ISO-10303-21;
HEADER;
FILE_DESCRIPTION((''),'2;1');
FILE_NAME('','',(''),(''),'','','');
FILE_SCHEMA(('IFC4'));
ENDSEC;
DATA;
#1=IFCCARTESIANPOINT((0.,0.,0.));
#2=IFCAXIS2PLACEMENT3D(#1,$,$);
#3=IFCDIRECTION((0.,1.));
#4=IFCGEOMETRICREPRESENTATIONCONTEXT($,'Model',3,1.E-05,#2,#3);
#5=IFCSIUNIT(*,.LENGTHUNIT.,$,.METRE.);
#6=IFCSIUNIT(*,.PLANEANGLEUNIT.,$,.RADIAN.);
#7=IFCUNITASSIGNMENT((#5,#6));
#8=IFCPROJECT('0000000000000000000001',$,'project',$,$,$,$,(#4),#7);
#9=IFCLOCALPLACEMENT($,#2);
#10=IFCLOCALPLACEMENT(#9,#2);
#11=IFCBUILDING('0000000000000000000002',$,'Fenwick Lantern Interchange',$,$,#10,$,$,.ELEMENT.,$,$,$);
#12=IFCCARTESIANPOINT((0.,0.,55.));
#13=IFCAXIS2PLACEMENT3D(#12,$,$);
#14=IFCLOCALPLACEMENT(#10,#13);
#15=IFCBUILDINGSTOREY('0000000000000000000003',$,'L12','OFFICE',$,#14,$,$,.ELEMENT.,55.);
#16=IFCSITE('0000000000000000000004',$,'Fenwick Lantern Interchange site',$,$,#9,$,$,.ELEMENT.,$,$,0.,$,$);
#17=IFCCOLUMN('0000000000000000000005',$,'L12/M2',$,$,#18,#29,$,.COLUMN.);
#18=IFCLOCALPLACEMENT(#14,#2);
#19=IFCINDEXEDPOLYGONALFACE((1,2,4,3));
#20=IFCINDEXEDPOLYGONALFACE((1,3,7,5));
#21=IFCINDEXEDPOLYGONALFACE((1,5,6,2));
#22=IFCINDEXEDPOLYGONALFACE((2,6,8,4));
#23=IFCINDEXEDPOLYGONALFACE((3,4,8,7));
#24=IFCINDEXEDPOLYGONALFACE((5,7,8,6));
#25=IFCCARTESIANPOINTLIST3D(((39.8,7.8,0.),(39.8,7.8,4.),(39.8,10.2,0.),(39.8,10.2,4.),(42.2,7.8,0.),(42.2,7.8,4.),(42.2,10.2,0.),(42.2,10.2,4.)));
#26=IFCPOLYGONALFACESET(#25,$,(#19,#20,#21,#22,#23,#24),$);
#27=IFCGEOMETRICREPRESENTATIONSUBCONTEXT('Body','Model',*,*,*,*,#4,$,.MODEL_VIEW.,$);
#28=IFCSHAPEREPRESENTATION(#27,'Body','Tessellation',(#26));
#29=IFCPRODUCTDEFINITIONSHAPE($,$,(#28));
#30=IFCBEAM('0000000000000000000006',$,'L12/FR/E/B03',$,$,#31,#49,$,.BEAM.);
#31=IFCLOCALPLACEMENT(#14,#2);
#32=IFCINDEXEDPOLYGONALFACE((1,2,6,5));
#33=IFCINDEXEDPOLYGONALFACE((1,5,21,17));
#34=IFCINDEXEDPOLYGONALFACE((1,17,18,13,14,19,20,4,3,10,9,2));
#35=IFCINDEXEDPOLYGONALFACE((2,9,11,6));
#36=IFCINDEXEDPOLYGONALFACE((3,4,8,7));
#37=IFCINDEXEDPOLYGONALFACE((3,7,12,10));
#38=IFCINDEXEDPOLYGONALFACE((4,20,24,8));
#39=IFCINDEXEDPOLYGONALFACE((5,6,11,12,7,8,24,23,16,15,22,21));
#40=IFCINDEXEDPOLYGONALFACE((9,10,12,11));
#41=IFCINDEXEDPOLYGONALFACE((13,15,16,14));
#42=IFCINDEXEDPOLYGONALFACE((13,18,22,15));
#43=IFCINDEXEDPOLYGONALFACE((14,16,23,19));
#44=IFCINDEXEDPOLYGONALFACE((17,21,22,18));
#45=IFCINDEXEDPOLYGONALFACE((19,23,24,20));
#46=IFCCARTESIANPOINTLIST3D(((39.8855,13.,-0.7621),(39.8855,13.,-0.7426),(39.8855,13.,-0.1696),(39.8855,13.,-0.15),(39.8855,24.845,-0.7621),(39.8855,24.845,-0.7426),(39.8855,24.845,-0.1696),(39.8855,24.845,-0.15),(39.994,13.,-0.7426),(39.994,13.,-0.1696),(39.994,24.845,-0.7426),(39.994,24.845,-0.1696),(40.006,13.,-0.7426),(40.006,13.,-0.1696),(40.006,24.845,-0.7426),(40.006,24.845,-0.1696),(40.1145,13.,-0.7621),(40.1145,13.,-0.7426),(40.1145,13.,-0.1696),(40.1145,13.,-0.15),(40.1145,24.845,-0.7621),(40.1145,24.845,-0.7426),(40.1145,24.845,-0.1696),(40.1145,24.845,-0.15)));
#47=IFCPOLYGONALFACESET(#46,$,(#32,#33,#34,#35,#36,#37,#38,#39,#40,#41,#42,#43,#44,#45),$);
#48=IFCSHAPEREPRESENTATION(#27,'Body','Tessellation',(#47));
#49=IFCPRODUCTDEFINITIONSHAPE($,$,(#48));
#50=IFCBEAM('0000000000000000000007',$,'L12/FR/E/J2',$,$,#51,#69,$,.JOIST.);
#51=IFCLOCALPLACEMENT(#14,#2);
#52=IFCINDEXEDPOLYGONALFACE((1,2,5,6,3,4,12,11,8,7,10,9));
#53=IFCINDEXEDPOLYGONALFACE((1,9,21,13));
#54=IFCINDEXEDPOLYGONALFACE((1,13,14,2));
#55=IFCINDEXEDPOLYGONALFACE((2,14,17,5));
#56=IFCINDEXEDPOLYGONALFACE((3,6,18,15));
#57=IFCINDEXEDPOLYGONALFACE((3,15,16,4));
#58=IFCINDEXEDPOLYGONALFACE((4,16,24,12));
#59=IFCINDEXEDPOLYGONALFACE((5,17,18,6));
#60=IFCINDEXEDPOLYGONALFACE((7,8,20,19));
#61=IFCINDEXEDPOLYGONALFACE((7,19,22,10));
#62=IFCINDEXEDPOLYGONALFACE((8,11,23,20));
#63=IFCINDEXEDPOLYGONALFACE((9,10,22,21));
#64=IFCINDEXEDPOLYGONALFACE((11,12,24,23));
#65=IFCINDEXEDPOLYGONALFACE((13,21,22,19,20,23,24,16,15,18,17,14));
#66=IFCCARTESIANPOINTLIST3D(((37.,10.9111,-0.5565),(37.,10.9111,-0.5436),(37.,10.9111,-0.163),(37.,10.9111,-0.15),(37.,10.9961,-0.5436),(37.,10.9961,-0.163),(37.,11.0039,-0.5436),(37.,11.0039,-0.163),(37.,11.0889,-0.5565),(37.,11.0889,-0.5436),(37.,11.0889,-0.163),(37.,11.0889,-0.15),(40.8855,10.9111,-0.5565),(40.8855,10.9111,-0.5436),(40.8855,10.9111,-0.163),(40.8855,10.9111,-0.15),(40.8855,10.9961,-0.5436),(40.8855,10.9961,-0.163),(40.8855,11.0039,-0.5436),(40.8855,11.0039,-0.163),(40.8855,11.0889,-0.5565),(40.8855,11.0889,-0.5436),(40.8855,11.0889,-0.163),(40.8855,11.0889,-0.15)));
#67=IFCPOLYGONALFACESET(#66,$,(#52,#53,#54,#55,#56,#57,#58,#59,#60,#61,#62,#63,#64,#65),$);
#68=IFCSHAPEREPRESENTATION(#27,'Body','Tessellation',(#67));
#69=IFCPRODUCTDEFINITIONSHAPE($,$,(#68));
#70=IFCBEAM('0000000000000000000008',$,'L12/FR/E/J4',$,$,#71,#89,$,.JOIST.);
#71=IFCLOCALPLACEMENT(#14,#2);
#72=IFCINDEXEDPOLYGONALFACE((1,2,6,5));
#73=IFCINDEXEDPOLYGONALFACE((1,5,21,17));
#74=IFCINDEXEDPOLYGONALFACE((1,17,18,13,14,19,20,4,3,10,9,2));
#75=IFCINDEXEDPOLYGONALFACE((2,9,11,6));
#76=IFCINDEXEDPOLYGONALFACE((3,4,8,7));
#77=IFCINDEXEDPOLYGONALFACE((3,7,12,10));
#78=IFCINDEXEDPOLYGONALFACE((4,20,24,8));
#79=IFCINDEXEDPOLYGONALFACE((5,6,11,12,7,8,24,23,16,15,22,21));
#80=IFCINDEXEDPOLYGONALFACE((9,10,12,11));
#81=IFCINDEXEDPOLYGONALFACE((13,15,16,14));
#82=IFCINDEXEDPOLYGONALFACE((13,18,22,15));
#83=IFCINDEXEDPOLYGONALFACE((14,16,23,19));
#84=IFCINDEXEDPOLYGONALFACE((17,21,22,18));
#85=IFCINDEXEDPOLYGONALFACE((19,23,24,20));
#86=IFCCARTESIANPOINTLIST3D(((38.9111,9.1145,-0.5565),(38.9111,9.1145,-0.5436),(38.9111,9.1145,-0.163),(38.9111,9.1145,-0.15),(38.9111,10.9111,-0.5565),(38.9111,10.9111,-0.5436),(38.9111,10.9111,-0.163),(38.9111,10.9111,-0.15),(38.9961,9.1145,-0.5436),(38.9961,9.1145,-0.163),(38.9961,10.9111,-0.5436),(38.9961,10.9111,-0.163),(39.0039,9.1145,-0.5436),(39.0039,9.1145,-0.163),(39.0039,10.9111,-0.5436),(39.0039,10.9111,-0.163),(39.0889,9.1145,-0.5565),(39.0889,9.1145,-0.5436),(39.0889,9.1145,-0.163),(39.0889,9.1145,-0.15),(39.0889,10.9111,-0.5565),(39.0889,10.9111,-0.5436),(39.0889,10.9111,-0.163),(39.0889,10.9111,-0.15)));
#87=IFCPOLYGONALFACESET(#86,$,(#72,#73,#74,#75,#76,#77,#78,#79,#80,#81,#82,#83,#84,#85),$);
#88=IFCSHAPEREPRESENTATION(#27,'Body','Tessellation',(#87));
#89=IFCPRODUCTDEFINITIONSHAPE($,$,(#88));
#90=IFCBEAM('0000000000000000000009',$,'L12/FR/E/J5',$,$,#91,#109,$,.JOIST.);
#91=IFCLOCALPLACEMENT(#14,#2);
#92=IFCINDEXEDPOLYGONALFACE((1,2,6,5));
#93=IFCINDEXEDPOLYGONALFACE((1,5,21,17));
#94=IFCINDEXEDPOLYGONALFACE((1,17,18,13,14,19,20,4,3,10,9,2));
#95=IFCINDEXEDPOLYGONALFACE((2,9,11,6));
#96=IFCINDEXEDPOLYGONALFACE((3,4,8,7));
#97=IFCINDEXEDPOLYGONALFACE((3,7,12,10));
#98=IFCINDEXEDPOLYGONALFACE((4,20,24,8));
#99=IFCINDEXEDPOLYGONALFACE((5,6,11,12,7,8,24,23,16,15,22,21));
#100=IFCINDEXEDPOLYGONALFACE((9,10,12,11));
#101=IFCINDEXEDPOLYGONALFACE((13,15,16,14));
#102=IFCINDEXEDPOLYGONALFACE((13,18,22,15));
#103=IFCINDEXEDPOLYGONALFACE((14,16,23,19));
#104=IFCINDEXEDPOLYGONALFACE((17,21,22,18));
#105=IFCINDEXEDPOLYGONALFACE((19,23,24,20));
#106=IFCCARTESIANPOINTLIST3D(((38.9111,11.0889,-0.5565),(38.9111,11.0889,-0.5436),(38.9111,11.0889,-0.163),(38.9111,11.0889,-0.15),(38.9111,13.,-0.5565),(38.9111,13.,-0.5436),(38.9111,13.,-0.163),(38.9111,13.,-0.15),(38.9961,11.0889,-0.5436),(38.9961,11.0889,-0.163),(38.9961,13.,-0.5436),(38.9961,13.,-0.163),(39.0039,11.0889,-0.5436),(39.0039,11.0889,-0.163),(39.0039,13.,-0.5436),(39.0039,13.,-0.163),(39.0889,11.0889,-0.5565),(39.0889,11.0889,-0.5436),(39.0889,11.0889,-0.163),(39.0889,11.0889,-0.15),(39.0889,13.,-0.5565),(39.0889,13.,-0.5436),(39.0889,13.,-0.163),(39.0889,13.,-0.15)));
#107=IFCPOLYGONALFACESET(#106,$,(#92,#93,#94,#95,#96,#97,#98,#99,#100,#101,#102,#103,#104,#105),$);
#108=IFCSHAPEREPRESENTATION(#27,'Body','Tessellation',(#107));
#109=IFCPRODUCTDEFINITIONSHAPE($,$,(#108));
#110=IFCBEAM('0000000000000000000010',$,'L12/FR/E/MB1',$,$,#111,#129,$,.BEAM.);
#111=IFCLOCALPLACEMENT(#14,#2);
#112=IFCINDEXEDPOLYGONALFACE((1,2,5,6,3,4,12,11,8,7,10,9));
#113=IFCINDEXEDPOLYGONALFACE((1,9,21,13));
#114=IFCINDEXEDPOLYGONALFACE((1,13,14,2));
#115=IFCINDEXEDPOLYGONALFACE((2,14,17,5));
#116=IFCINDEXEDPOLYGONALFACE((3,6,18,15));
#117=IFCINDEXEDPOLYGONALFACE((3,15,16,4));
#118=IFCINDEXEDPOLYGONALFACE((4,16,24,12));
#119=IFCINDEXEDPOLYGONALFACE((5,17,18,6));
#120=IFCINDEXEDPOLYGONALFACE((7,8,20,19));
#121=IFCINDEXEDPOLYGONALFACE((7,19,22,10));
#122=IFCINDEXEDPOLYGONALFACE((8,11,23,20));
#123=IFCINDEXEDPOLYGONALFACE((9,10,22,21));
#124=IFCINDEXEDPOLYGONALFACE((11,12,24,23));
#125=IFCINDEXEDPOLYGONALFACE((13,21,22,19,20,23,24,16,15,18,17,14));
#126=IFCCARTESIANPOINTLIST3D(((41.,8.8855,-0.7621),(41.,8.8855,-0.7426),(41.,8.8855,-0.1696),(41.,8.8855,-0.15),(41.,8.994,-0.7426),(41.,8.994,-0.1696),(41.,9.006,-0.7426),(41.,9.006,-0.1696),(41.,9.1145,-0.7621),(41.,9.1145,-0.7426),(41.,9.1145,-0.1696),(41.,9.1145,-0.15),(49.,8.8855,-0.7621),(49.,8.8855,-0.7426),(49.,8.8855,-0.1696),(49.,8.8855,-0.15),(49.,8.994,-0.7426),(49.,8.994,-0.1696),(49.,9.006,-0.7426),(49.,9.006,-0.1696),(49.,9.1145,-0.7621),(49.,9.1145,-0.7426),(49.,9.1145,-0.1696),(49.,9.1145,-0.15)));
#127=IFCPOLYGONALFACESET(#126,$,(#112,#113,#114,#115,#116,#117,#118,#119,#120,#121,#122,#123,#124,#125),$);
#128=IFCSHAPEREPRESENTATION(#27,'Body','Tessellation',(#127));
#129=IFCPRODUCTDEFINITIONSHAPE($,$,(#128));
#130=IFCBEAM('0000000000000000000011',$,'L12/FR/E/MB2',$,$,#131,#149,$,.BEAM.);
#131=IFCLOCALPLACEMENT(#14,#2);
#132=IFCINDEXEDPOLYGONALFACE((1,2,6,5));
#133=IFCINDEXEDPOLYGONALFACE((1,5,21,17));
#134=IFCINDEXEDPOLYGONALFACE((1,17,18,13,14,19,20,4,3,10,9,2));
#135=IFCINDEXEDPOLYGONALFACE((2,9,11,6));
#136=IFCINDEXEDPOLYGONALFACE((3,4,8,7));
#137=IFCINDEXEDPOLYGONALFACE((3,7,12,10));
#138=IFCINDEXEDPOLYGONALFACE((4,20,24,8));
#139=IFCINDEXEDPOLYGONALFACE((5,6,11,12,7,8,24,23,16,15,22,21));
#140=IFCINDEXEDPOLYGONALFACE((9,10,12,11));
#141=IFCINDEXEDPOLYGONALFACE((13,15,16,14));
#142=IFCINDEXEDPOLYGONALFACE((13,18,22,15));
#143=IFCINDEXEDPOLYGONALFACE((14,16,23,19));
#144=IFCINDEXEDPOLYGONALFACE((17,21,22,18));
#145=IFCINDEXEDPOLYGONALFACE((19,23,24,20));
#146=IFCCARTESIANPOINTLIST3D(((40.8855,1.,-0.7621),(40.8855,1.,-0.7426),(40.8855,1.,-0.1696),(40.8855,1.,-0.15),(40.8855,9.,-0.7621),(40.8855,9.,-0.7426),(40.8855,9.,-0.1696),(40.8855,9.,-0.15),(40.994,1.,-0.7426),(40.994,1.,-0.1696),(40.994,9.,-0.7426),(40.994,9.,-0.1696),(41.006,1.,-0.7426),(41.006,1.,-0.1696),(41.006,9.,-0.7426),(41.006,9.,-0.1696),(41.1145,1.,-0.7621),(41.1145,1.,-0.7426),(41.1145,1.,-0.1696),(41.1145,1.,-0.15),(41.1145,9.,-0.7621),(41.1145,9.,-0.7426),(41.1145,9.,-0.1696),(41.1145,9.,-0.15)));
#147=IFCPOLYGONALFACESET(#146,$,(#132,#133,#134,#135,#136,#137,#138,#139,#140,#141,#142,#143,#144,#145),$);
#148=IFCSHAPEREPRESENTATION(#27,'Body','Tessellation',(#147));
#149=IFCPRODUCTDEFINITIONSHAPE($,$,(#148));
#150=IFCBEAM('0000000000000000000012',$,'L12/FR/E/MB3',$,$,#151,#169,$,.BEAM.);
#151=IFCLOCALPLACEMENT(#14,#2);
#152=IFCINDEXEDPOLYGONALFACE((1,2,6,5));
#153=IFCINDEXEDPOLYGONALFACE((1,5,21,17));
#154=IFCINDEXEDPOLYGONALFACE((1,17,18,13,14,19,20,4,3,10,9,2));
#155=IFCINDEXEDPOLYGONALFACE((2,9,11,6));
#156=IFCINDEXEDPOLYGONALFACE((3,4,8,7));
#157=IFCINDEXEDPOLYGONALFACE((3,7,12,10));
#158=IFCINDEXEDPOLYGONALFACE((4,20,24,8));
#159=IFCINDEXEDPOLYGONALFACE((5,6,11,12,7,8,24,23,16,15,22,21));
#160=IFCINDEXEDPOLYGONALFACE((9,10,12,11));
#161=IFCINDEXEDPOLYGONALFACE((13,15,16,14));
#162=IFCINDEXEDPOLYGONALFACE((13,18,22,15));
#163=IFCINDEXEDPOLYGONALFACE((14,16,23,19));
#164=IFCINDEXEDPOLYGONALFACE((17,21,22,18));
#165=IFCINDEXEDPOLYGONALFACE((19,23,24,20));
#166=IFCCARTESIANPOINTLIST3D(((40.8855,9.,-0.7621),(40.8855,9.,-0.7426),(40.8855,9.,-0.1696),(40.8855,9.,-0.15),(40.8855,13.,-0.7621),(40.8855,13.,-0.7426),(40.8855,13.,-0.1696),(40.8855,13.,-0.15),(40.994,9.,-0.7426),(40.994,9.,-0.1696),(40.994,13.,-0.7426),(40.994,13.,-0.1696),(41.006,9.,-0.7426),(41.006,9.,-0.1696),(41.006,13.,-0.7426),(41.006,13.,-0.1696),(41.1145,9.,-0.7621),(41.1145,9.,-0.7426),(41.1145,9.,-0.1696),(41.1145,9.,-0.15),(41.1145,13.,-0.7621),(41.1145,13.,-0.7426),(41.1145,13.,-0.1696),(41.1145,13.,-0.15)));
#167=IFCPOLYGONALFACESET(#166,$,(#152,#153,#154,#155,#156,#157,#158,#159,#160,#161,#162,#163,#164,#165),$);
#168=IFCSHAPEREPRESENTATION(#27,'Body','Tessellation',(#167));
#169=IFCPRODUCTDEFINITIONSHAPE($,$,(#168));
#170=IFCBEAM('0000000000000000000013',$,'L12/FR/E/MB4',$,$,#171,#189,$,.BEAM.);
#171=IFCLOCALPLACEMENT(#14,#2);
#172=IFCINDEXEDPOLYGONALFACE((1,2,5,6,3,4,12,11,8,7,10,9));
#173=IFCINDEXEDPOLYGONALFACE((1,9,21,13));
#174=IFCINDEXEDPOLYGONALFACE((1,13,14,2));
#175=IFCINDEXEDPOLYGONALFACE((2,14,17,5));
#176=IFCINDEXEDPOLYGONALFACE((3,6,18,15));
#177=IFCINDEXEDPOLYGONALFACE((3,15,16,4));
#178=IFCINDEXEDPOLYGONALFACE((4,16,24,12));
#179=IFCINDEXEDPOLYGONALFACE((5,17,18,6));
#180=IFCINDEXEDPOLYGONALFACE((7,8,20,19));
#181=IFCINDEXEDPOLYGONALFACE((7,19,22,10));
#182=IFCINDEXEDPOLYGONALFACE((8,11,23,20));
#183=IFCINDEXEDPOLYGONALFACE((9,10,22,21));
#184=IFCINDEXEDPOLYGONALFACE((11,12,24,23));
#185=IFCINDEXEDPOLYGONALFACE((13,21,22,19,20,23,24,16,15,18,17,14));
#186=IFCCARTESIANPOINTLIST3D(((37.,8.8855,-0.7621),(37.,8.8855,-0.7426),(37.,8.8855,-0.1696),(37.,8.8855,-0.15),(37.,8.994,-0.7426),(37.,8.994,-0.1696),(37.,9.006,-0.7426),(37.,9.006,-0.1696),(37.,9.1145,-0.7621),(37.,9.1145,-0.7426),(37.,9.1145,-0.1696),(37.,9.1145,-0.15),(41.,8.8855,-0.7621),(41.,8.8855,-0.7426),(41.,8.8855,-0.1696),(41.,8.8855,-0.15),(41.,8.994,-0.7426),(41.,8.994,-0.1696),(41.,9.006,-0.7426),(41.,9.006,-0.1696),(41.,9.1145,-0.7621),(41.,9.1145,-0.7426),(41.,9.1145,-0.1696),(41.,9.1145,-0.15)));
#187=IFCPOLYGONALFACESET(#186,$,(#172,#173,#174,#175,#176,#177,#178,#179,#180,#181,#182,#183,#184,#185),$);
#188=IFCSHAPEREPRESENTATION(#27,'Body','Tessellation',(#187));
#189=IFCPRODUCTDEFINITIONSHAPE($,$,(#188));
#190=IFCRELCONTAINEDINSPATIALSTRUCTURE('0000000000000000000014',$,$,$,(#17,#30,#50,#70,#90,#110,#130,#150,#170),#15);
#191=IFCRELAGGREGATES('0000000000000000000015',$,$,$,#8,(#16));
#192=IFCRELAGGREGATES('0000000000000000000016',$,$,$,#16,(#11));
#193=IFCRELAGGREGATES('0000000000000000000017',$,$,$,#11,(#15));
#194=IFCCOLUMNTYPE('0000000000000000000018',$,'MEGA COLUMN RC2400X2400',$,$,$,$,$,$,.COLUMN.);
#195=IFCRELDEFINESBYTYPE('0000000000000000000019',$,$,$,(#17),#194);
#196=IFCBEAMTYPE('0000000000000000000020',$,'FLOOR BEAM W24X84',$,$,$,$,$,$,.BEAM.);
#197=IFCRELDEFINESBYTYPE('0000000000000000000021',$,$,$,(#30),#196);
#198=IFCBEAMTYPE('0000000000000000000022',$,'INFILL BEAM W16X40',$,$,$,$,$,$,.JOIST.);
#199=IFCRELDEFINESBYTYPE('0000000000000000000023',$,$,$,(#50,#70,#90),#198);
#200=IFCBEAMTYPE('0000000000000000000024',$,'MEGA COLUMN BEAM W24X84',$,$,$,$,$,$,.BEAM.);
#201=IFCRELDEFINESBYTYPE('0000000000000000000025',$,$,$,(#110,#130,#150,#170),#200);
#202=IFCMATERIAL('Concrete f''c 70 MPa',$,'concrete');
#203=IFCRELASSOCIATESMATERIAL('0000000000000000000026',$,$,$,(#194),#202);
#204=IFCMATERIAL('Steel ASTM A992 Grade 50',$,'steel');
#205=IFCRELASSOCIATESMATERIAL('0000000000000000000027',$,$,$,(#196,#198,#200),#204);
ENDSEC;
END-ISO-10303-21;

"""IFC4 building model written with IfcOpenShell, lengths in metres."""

from ifc_helpers import new_model, si_unit, direction, frame, origin, origin_2d, place, context, subcontext, project, spatial, rectangle, i_section, extrude, material, material_profile, profile_set, type_object, element, save


model = new_model("IFC4")

# Units and contexts
model_context = context("Model", 3, precision=1e-05, world=origin(), true_north=direction((0.0, 1.0)))
body_context = subcontext(model_context, "Body", "Model", "MODEL_VIEW")
ifc_project = project(units=[si_unit("LENGTHUNIT", "METRE"), si_unit("PLANEANGLEUNIT", "RADIAN")], contexts=[model_context])

# Site, building, storey
site_placement = place(None, origin())
site = spatial("IfcSite", under=ifc_project, at=site_placement, Name="Fenwick Lantern Interchange site", CompositionType="ELEMENT", RefElevation=0.0)
building_placement = place(site_placement, origin())
building = spatial("IfcBuilding", under=site, at=building_placement, Name="Fenwick Lantern Interchange", CompositionType="ELEMENT")
storey_placement = place(building_placement, frame((0.0, 0.0, 55.0)))
storey = spatial("IfcBuildingStorey", under=building, at=storey_placement, Name="L12", Description="OFFICE", CompositionType="ELEMENT", Elevation=55.0)

# Column
ifc_material_1 = material(Name="Concrete f'c 70 MPa", Category="concrete")
ifc_material_profile_1 = material_profile(ifc_material_1, rectangle(XDim=2.3999, YDim=2.3999, at=origin_2d()), Name="RC2400X2400")
ifc_profile_set_1 = profile_set([ifc_material_profile_1], Name="Concrete f'c 70 MPa")
column_type = type_object("IfcColumnType", Name="MEGA COLUMN RC2400X2400", PredefinedType="COLUMN", material=ifc_profile_set_1)
column_placement = place(storey_placement, frame((41.0, 9.0, 0.0), z_axis=(0.0, 0.0, 1.0), x_axis=(1.0, 0.0, 0.0)))
element("IfcColumn", 1, at=column_placement, inside=storey, type_object=column_type, Name="L12/M2", PredefinedType="COLUMN", context=body_context, shape_type="SweptSolid", body=[
    extrude(rectangle(XDim=2.3999, YDim=2.3999, at=origin_2d()), origin(), (0.0, 0.0, 1.0), 4.0),
])

# Beams
ifc_material_2 = material(Name="Steel ASTM A992 Grade 50", Category="steel")
ifc_material_profile_2 = material_profile(ifc_material_2, i_section(OverallWidth=0.229, OverallDepth=0.6121, WebThickness=0.012, FlangeThickness=0.0195, at=origin_2d()), Name="W24X84")
ifc_profile_set_2 = profile_set([ifc_material_profile_2], Name="Steel ASTM A992 Grade 50")
beam_type_1 = type_object("IfcBeamType", Name="FLOOR BEAM W24X84", PredefinedType="BEAM", material=ifc_profile_set_2)
beam_1_placement = place(storey_placement, frame((40.0, 13.0, -0.4561), z_axis=(0.0, 1.0, 0.0), x_axis=(-1.0, 0.0, 0.0)))
element("IfcBeam", 2, at=beam_1_placement, inside=storey, type_object=beam_type_1, Name="L12/FR/E/B03", PredefinedType="BEAM", context=body_context, shape_type="SweptSolid", body=[
    extrude(i_section(OverallWidth=0.229, OverallDepth=0.6121, WebThickness=0.012, FlangeThickness=0.0195, at=origin_2d()), origin(), (0.0, 0.0, 1.0), 11.845),
])
ifc_material_profile_3 = material_profile(ifc_material_2, i_section(OverallWidth=0.1777, OverallDepth=0.4065, WebThickness=0.0078, FlangeThickness=0.0129, at=origin_2d()), Name="W16X40")
ifc_profile_set_3 = profile_set([ifc_material_profile_3], Name="Steel ASTM A992 Grade 50")
beam_type_2 = type_object("IfcBeamType", Name="INFILL BEAM W16X40", PredefinedType="JOIST", material=ifc_profile_set_3)
beam_2_placement = place(storey_placement, frame((40.8855, 11.0, -0.3533), z_axis=(-1.0, 0.0, 0.0), x_axis=(0.0, -1.0, 0.0)))
element("IfcBeam", 3, at=beam_2_placement, inside=storey, type_object=beam_type_2, Name="L12/FR/E/J2", PredefinedType="JOIST", context=body_context, shape_type="SweptSolid", body=[
    extrude(i_section(OverallWidth=0.1777, OverallDepth=0.4065, WebThickness=0.0078, FlangeThickness=0.0129, at=origin_2d()), origin(), (0.0, 0.0, 1.0), 3.8855),
])
beam_3_placement = place(storey_placement, frame((39.0, 9.1145, -0.3533), z_axis=(0.0, 1.0, 0.0), x_axis=(-1.0, 0.0, 0.0)))
element("IfcBeam", 4, at=beam_3_placement, inside=storey, type_object=beam_type_2, Name="L12/FR/E/J4", PredefinedType="JOIST", context=body_context, shape_type="SweptSolid", body=[
    extrude(i_section(OverallWidth=0.1777, OverallDepth=0.4065, WebThickness=0.0078, FlangeThickness=0.0129, at=origin_2d()), origin(), (0.0, 0.0, 1.0), 1.7966),
])
beam_4_placement = place(storey_placement, frame((39.0, 11.0889, -0.3533), z_axis=(0.0, 1.0, 0.0), x_axis=(-1.0, 0.0, 0.0)))
element("IfcBeam", 5, at=beam_4_placement, inside=storey, type_object=beam_type_2, Name="L12/FR/E/J5", PredefinedType="JOIST", context=body_context, shape_type="SweptSolid", body=[
    extrude(i_section(OverallWidth=0.1777, OverallDepth=0.4065, WebThickness=0.0078, FlangeThickness=0.0129, at=origin_2d()), origin(), (0.0, 0.0, 1.0), 1.9111),
])
ifc_material_profile_4 = material_profile(ifc_material_2, i_section(OverallWidth=0.229, OverallDepth=0.6121, WebThickness=0.012, FlangeThickness=0.0195, at=origin_2d()), Name="W24X84")
ifc_profile_set_4 = profile_set([ifc_material_profile_4], Name="Steel ASTM A992 Grade 50")
beam_type_3 = type_object("IfcBeamType", Name="MEGA COLUMN BEAM W24X84", PredefinedType="BEAM", material=ifc_profile_set_4)
for number, where, z_axis, x_axis, name in (
    (6, (41.0, 9.0, -0.4561), (1.0, 0.0, 0.0), (0.0, 1.0, 0.0), "L12/FR/E/MB1"),
    (7, (41.0, 9.0, -0.4561), (0.0, -1.0, 0.0), (1.0, 0.0, 0.0), "L12/FR/E/MB2"),
):
    element("IfcBeam", number, at=place(storey_placement, frame(where, z_axis=z_axis, x_axis=x_axis)), inside=storey, type_object=beam_type_3, Name=name, PredefinedType="BEAM", context=body_context, shape_type="SweptSolid", body=[
        extrude(i_section(OverallWidth=0.229, OverallDepth=0.6121, WebThickness=0.012, FlangeThickness=0.0195, at=origin_2d()), origin(), (0.0, 0.0, 1.0), 8.0),
    ])
for number, where, z_axis, x_axis, name in (
    (8, (41.0, 9.0, -0.4561), (0.0, 1.0, 0.0), (-1.0, 0.0, 0.0), "L12/FR/E/MB3"),
    (9, (41.0, 9.0, -0.4561), (-1.0, 0.0, 0.0), (0.0, -1.0, 0.0), "L12/FR/E/MB4"),
):
    element("IfcBeam", number, at=place(storey_placement, frame(where, z_axis=z_axis, x_axis=x_axis)), inside=storey, type_object=beam_type_3, Name=name, PredefinedType="BEAM", context=body_context, shape_type="SweptSolid", body=[
        extrude(i_section(OverallWidth=0.229, OverallDepth=0.6121, WebThickness=0.012, FlangeThickness=0.0195, at=origin_2d()), origin(), (0.0, 0.0, 1.0), 4.0),
    ])

save(model, "model.ifc")
